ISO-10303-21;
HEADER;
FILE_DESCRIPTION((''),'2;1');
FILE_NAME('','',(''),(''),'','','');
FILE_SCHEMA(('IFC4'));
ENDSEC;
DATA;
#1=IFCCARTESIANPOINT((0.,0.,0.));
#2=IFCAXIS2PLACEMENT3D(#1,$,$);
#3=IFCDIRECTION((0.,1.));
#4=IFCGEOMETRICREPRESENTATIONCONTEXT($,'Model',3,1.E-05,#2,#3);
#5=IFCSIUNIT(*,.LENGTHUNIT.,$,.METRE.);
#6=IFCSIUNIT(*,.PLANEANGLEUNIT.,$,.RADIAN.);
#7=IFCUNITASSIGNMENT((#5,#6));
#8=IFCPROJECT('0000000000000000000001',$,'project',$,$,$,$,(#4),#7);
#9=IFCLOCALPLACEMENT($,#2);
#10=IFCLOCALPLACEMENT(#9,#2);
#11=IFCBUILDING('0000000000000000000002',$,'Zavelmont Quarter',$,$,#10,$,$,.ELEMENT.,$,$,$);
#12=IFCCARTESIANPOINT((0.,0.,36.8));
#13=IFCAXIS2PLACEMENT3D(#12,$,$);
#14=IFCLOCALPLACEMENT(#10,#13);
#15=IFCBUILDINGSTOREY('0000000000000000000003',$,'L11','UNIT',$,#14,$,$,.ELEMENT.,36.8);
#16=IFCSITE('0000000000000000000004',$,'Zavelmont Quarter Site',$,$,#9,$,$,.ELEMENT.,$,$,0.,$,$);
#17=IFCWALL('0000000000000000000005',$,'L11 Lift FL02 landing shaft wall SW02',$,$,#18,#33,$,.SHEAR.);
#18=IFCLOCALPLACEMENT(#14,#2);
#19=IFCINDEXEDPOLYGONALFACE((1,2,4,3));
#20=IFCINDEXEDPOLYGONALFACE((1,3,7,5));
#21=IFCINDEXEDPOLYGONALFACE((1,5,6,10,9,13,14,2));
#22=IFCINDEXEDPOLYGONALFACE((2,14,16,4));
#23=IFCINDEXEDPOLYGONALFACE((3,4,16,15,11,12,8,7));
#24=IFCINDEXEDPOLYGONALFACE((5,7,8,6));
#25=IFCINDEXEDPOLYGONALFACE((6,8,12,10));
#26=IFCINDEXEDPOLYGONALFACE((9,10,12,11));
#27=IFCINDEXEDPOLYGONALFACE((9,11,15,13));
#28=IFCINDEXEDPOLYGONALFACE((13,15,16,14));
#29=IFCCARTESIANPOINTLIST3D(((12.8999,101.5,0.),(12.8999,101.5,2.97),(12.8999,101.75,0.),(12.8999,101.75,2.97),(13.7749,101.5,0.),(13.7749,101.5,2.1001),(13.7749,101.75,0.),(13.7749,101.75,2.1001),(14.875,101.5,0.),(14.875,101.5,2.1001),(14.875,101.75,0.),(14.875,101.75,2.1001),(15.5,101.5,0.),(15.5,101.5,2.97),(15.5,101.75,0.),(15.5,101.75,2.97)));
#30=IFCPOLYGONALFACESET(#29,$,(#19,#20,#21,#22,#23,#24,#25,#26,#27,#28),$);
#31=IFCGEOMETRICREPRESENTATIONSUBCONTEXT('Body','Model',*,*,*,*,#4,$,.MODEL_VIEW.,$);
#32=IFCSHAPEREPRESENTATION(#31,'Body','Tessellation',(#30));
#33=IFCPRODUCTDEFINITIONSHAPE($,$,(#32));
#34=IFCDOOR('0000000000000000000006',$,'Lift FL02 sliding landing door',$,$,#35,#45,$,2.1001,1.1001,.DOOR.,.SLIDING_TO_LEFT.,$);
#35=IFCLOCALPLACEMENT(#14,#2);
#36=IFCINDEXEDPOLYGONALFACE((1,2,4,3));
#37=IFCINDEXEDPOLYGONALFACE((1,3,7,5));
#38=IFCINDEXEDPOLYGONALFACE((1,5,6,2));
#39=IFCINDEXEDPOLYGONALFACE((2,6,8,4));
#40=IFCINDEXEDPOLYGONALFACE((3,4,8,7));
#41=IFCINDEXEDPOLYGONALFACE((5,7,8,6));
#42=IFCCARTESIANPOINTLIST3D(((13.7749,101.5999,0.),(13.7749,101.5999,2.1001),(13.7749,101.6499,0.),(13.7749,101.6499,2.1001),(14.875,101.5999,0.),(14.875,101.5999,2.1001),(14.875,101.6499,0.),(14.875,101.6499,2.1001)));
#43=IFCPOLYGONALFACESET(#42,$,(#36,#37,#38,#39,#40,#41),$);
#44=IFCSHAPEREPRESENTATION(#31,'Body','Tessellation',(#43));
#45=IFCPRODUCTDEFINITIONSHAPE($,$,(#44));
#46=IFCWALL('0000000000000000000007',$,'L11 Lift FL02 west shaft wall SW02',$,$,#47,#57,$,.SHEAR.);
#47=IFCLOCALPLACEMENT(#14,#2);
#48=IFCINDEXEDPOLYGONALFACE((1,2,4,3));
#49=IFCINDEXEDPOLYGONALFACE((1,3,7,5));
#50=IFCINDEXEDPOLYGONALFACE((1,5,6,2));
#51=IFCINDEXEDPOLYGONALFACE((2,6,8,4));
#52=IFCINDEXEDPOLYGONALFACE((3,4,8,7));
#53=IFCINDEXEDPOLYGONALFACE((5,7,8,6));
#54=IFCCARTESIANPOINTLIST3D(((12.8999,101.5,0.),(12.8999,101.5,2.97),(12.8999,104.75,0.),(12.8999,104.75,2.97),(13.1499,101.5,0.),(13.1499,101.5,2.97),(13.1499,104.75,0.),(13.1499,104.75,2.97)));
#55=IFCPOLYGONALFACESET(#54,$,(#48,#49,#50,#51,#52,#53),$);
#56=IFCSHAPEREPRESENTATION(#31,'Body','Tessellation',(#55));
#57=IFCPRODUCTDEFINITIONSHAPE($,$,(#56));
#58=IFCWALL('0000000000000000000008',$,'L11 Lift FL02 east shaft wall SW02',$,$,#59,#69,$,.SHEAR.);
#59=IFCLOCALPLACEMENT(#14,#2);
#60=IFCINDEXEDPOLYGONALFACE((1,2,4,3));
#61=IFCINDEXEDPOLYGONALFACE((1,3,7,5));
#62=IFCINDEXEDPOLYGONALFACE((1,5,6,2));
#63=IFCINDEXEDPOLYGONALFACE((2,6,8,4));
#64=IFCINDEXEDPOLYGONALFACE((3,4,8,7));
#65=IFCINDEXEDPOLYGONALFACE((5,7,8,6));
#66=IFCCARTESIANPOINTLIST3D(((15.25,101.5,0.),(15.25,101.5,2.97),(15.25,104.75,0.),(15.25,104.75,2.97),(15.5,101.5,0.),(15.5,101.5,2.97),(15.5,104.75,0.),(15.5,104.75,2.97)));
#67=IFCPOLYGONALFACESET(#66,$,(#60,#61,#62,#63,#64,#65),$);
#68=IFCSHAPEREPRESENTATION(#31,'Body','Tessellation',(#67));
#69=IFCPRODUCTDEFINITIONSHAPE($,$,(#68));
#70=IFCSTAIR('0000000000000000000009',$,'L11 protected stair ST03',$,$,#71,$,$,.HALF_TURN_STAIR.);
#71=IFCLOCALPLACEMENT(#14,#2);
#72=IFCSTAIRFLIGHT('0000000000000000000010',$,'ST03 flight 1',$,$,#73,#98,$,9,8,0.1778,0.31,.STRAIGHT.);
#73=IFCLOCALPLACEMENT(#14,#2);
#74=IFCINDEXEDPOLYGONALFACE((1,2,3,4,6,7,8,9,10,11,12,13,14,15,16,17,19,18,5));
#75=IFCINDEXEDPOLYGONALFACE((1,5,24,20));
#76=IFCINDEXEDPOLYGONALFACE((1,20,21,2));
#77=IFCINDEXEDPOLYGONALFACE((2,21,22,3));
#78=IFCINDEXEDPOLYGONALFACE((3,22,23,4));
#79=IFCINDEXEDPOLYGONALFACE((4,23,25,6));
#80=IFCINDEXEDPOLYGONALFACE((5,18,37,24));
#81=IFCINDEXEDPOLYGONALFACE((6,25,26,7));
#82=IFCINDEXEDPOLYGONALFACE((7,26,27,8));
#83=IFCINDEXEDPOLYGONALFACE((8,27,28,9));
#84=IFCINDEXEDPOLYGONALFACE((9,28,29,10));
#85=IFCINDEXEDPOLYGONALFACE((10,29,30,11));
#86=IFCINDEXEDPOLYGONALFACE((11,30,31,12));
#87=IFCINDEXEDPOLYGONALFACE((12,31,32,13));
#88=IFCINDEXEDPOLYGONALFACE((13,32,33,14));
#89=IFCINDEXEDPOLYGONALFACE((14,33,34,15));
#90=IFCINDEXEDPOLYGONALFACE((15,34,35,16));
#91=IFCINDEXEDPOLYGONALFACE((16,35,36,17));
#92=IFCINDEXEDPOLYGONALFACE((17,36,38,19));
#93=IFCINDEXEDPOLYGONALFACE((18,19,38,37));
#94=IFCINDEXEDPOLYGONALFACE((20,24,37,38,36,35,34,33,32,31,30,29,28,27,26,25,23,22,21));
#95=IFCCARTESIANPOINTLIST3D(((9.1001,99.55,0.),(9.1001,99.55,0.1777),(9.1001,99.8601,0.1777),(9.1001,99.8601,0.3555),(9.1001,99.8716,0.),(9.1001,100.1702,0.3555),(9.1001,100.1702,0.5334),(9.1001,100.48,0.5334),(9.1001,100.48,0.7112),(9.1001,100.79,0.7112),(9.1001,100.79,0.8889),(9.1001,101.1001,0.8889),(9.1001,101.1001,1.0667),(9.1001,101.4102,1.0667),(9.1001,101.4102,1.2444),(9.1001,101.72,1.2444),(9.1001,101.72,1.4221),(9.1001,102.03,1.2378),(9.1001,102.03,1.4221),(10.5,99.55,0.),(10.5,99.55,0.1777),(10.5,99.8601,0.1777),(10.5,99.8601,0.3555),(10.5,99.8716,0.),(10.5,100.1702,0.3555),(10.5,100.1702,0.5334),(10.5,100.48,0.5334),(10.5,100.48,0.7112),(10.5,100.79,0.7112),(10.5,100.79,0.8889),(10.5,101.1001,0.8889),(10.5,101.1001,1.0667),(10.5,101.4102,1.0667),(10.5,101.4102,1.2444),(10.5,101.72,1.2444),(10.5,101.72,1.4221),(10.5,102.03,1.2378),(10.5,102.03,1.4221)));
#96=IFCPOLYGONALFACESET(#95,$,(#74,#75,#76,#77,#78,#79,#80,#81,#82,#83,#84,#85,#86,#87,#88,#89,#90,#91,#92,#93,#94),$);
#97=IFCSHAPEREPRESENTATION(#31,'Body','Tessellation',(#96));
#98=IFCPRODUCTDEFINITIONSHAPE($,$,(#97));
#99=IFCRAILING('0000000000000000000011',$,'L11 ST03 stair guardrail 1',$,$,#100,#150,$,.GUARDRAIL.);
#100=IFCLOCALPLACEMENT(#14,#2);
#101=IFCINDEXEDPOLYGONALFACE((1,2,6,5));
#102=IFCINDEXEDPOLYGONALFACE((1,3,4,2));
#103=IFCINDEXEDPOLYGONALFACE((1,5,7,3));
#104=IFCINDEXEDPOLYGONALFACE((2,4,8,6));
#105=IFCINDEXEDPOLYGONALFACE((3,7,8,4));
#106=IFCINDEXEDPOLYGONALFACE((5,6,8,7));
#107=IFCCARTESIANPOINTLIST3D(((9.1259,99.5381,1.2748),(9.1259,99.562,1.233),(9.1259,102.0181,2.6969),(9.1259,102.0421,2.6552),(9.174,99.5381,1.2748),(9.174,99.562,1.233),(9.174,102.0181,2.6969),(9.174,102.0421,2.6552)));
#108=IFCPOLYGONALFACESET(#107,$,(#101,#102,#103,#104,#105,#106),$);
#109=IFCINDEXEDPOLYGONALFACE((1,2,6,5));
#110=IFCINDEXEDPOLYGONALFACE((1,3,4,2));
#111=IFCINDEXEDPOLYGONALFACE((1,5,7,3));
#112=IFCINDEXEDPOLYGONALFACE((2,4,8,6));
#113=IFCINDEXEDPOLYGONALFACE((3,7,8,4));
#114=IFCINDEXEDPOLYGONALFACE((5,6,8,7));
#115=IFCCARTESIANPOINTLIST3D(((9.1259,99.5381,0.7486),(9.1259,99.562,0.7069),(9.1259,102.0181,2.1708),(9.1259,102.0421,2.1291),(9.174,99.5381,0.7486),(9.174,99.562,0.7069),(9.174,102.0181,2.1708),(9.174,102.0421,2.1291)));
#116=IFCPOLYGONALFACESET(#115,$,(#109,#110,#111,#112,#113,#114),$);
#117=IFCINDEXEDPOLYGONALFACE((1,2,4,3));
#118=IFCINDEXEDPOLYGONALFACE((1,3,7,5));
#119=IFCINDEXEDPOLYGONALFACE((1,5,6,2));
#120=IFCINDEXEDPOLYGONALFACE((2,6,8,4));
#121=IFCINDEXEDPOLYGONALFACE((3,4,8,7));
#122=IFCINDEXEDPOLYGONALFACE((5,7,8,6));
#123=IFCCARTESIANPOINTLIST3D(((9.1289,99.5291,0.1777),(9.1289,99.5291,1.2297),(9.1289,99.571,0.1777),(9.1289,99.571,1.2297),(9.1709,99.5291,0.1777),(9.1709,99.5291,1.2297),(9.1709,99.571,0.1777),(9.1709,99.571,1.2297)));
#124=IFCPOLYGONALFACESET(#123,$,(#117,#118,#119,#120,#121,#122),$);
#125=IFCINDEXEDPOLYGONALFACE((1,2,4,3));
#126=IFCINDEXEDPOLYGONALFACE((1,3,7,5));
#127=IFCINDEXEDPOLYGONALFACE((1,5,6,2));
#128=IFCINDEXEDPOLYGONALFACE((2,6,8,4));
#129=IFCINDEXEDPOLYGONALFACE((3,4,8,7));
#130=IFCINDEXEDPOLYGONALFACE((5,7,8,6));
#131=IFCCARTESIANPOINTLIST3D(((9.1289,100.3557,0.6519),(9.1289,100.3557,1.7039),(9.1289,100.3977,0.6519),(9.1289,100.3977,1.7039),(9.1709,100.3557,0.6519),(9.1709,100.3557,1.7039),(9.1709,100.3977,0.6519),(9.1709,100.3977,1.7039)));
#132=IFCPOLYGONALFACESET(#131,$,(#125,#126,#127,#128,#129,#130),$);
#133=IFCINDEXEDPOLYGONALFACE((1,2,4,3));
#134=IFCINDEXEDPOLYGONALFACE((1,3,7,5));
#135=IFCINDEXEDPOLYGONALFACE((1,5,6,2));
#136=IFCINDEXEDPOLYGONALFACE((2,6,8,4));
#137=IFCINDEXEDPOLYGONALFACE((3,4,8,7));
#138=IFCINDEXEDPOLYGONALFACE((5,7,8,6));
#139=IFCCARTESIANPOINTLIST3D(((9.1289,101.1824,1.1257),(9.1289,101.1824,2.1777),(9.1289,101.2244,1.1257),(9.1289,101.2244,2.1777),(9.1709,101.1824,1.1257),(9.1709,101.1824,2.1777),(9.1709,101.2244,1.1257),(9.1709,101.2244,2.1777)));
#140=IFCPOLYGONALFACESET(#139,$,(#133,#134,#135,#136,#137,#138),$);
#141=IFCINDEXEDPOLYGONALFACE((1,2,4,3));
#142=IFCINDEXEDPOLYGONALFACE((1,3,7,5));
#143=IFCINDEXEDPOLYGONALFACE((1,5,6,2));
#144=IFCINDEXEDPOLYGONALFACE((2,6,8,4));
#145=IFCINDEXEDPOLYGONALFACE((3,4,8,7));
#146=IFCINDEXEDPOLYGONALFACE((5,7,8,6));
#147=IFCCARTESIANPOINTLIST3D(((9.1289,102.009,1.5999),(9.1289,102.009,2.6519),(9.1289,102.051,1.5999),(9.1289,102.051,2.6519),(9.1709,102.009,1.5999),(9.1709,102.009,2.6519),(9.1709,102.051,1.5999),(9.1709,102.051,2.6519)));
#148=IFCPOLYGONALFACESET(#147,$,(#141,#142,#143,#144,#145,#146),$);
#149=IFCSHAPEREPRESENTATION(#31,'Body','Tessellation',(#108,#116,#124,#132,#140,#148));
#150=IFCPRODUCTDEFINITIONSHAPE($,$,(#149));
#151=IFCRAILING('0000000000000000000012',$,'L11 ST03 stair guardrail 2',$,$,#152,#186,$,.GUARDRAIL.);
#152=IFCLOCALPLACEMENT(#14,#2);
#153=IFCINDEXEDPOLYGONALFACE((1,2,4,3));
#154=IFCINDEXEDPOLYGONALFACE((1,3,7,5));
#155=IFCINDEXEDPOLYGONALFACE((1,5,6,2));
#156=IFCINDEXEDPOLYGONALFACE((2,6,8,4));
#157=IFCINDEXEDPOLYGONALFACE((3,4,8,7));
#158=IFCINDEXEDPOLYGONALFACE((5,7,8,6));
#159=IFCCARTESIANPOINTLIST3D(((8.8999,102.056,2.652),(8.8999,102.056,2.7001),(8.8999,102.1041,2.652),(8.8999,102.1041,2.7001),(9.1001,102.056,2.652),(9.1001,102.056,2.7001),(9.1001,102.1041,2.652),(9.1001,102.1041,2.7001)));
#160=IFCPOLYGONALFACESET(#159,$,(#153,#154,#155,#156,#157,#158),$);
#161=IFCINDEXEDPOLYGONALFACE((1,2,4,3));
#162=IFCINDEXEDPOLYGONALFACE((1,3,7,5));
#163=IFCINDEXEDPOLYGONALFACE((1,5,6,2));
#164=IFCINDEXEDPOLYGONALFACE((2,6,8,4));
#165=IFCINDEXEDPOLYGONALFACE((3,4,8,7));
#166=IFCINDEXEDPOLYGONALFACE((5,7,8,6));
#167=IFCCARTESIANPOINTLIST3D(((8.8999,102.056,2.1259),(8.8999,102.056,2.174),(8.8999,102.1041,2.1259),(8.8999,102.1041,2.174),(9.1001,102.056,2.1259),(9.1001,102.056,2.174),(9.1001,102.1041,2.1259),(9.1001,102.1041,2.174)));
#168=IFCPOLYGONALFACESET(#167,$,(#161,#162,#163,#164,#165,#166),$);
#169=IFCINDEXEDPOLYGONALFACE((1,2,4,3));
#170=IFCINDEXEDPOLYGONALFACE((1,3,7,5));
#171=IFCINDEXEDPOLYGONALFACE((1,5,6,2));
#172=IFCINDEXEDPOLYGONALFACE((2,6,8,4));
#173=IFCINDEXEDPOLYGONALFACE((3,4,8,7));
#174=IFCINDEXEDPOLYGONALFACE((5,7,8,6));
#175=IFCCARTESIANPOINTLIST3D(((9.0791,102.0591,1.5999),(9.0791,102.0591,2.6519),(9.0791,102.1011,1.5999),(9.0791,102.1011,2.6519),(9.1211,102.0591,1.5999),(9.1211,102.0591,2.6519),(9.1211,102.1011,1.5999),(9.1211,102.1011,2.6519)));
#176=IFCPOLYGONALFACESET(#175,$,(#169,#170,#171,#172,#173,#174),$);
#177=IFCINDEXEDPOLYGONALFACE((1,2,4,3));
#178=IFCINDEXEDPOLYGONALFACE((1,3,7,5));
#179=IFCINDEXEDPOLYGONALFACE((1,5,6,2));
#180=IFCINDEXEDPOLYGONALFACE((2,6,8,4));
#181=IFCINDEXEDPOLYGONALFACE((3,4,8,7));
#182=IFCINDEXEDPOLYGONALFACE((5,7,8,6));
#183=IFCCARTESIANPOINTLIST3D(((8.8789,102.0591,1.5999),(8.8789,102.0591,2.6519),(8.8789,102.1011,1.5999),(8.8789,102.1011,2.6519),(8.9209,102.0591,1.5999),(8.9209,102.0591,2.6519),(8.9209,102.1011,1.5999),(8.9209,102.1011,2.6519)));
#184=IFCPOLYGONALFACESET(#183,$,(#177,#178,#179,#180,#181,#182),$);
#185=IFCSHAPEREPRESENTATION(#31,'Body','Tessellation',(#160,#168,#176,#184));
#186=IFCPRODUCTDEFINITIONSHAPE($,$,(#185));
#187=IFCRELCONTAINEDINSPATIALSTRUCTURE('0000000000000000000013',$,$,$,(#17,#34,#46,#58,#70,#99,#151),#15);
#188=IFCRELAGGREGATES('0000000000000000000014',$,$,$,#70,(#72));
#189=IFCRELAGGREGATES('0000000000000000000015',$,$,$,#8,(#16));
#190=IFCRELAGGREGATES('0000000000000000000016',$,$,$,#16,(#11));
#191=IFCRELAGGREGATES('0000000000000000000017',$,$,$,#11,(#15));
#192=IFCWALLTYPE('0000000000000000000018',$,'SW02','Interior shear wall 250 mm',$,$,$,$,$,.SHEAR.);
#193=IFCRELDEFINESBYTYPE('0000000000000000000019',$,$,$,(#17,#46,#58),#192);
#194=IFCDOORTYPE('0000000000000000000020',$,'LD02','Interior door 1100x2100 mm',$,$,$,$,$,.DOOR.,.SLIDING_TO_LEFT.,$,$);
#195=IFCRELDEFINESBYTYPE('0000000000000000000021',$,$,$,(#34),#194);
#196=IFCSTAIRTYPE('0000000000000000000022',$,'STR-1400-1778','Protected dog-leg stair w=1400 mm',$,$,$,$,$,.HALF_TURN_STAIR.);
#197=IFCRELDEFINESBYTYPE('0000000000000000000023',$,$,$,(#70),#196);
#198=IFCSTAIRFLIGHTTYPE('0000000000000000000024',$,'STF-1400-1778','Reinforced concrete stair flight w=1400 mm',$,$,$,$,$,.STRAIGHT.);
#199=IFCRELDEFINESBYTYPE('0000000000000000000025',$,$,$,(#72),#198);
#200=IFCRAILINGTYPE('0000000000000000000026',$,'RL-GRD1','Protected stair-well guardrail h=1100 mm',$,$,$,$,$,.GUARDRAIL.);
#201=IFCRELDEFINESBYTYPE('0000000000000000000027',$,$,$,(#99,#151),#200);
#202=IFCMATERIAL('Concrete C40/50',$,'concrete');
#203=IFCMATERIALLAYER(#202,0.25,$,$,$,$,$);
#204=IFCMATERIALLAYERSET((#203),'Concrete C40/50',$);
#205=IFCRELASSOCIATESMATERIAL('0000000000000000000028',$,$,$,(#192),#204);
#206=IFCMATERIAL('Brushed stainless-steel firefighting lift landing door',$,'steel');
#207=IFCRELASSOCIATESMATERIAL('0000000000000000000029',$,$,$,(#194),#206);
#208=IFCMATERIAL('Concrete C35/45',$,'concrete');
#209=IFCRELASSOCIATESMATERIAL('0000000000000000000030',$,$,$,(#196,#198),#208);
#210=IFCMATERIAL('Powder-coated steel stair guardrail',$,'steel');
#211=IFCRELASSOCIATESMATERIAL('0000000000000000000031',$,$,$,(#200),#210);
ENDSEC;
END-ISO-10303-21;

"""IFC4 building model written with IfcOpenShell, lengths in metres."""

from ifc_helpers import new_model, si_unit, direction, frame, frame_2d, origin, origin_with_axes, origin_2d, place, context, subcontext, project, spatial, polyline, rectangle, outline, extrude, material, layer, layer_set, type_object, element, fill, aggregate, save


model = new_model("IFC4")

# Units and contexts
model_context = context("Model", 3, precision=1e-05, world=origin(), true_north=direction((0.0, 1.0)))
body_context = subcontext(model_context, "Body", "Model", "MODEL_VIEW")
ifc_project = project(units=[si_unit("LENGTHUNIT", "METRE"), si_unit("PLANEANGLEUNIT", "RADIAN")], contexts=[model_context])

# Site, building, storey
site_placement = place(None, origin())
site = spatial("IfcSite", under=ifc_project, at=site_placement, Name="Zavelmont Quarter Site", CompositionType="ELEMENT", RefElevation=0.0)
building_placement = place(site_placement, origin())
building = spatial("IfcBuilding", under=site, at=building_placement, Name="Zavelmont Quarter", CompositionType="ELEMENT")
storey_placement = place(building_placement, frame((0.0, 0.0, 36.8)))
storey = spatial("IfcBuildingStorey", under=building, at=storey_placement, Name="L11", Description="UNIT", CompositionType="ELEMENT", Elevation=36.8)

# Shared definitions
ifc_material_1 = material(Name="Concrete C35/45", Category="concrete")

# Wall, opening, door
ifc_material_2 = material(Name="Concrete C40/50", Category="concrete")
ifc_layer_1 = layer(ifc_material_2, 0.25)
ifc_layer_set_1 = layer_set([ifc_layer_1], Name="Concrete C40/50")
wall_type_1 = type_object("IfcWallType", Name="SW02", Description="Interior shear wall 250 mm", PredefinedType="SHEAR", material=ifc_layer_set_1)
wall_1_placement = place(storey_placement, frame((12.8999, 101.625, 0.0), z_axis=(0.0, 0.0, 1.0), x_axis=(1.0, 0.0, 0.0)))
wall_1 = element("IfcWall", 1, at=wall_1_placement, inside=storey, type_object=wall_type_1, Name="L11 Lift FL02 landing shaft wall SW02", PredefinedType="SHEAR", context=body_context, shape_type="SweptSolid", body=[
    extrude(rectangle(XDim=2.6001, YDim=0.25, at=frame_2d((1.3, 0.0))), origin(), (0.0, 0.0, 1.0), 2.97),
])
opening_1_placement = place(wall_1_placement, frame((0.875, 0.0, 0.0)))
opening_1 = element("IfcOpeningElement", 2, at=opening_1_placement, cuts=wall_1, PredefinedType="OPENING", context=body_context, shape_type="SweptSolid", body=[
    extrude(rectangle(XDim=1.1001, YDim=2.1001, at=frame_2d((0.55, 1.05))), frame((0.0, 0.137, 0.0), z_axis=(0.0, -1.0, 0.0), x_axis=(1.0, 0.0, 0.0)), (0.0, 0.0, 1.0), 0.2739),
])
ifc_material_3 = material(Name="Brushed stainless-steel firefighting lift landing door", Category="steel")
door_type_1 = type_object("IfcDoorType", Name="LD02", Description="Interior door 1100x2100 mm", OperationType="SLIDING_TO_LEFT", PredefinedType="DOOR", material=ifc_material_3)
door_1_placement = place(opening_1_placement, origin_with_axes())
door_1 = element("IfcDoor", 3, at=door_1_placement, inside=storey, type_object=door_type_1, Name="Lift FL02 sliding landing door", OperationType="SLIDING_TO_LEFT", OverallHeight=2.1001, OverallWidth=1.1001, PredefinedType="DOOR", context=body_context, shape_type="SweptSolid", body=[
    extrude(rectangle(XDim=1.1001, YDim=2.1001, at=frame_2d((0.55, 1.05))), frame((0.0, 0.0249, 0.0), z_axis=(0.0, -1.0, 0.0), x_axis=(1.0, 0.0, 0.0)), (0.0, 0.0, 1.0), 0.05),
])
fill(opening_1, door_1)

# Walls
for number, where, z_axis, x_axis, name in (
    (4, (13.0249, 101.5, 0.0), (0.0, 0.0, 1.0), (0.0, 1.0, 0.0), "L11 Lift FL02 west shaft wall SW02"),
    (5, (15.375, 101.5, 0.0), (0.0, 0.0, 1.0), (0.0, 1.0, 0.0), "L11 Lift FL02 east shaft wall SW02"),
):
    element("IfcWall", number, at=place(storey_placement, frame(where, z_axis=z_axis, x_axis=x_axis)), inside=storey, type_object=wall_type_1, Name=name, PredefinedType="SHEAR", context=body_context, shape_type="SweptSolid", body=[
        extrude(rectangle(XDim=3.25, YDim=0.25, at=frame_2d((1.625, 0.0))), origin(), (0.0, 0.0, 1.0), 2.97),
    ])

# Stair, stair flight
stair_type = type_object("IfcStairType", Name="STR-1400-1778", Description="Protected dog-leg stair w=1400 mm", PredefinedType="HALF_TURN_STAIR", material=ifc_material_1)
stair_placement = place(storey_placement, origin())
stair = element("IfcStair", 6, at=stair_placement, inside=storey, type_object=stair_type, Name="L11 protected stair ST03", PredefinedType="HALF_TURN_STAIR")
stair_flight_type = type_object("IfcStairFlightType", Name="STF-1400-1778", Description="Reinforced concrete stair flight w=1400 mm", PredefinedType="STRAIGHT", material=ifc_material_1)
stair_flight_placement = place(storey_placement, frame((9.8, 99.55, 0.0), z_axis=(0.0, 0.0, 1.0), x_axis=(0.0, 1.0, 0.0)))
stair_flight = element("IfcStairFlight", 7, at=stair_flight_placement, type_object=stair_flight_type, Name="ST03 flight 1", NumberOfRisers=9, NumberOfTreads=8, PredefinedType="STRAIGHT", RiserHeight=0.1778, TreadLength=0.31, context=body_context, shape_type="SweptSolid", body=[
    extrude(outline(polyline([(0.0, 0.0), (0.0, 0.1777), (0.3101, 0.1777), (0.3101, 0.3555), (0.6201, 0.3555), (0.6201, 0.5334), (0.9299, 0.5334), (0.9299, 0.7112), (1.24, 0.7112), (1.24, 0.8889), (1.55, 0.8889), (1.55, 1.0667), (1.8601, 1.0667), (1.8601, 1.2444), (2.1699, 1.2444), (2.1699, 1.4221), (2.48, 1.4221), (2.48, 1.6001), (2.48, 1.2378), (0.3215, 0.0), (0.0, 0.0)])), frame((0.0, 0.7, 0.0), z_axis=(0.0, -1.0, 0.0), x_axis=(1.0, 0.0, 0.0)), (0.0, 0.0, 1.0), 1.3999),
])
aggregate(stair, [stair_flight])

# Railings
ifc_material_4 = material(Name="Powder-coated steel stair guardrail", Category="steel")
railing_type_1 = type_object("IfcRailingType", Name="RL-GRD1", Description="Protected stair-well guardrail h=1100 mm", PredefinedType="GUARDRAIL", material=ifc_material_4)
railing_1_placement = place(storey_placement, frame((9.1499, 99.55, 0.1777)))
element("IfcRailing", 8, at=railing_1_placement, inside=storey, type_object=railing_type_1, Name="L11 ST03 stair guardrail 1", PredefinedType="GUARDRAIL", context=body_context, shape_type="SweptSolid", body=[
    extrude(rectangle(XDim=0.0481, YDim=0.0481, at=origin_2d()), frame((0.0, 0.0, 1.0762), z_axis=(0.0, 0.867491, 0.497454), x_axis=(-1.0, 0.0, 0.0)), (0.0, 0.0, 1.0), 2.8589),
    extrude(rectangle(XDim=0.0481, YDim=0.0481, at=origin_2d()), frame((0.0, 0.0, 0.55), z_axis=(0.0, 0.867491, 0.497454), x_axis=(-1.0, 0.0, 0.0)), (0.0, 0.0, 1.0), 2.8589),
    extrude(rectangle(XDim=0.042, YDim=0.042, at=origin_2d()), origin(), (0.0, 0.0, 1.0), 1.052),
    extrude(rectangle(XDim=0.042, YDim=0.042, at=origin_2d()), frame((0.0, 0.8267, 0.4741)), (0.0, 0.0, 1.0), 1.052),
    extrude(rectangle(XDim=0.042, YDim=0.042, at=origin_2d()), frame((0.0, 1.6533, 0.948)), (0.0, 0.0, 1.0), 1.052),
    extrude(rectangle(XDim=0.042, YDim=0.042, at=origin_2d()), frame((0.0, 2.48, 1.4221)), (0.0, 0.0, 1.0), 1.052),
])
for number, where, name in (
    (9, (9.1001, 102.0801, 1.5999), "L11 ST03 stair guardrail 2"),
):
    element("IfcRailing", number, at=place(storey_placement, frame(where)), inside=storey, type_object=railing_type_1, Name=name, PredefinedType="GUARDRAIL", context=body_context, shape_type="SweptSolid", body=[
        extrude(rectangle(XDim=0.0481, YDim=0.0481, at=origin_2d()), frame((0.0, 0.0, 1.0762), z_axis=(-1.0, 0.0, 0.0), x_axis=(0.0, -1.0, 0.0)), (0.0, 0.0, 1.0), 0.2002),
        extrude(rectangle(XDim=0.0481, YDim=0.0481, at=origin_2d()), frame((0.0, 0.0, 0.55), z_axis=(-1.0, 0.0, 0.0), x_axis=(0.0, -1.0, 0.0)), (0.0, 0.0, 1.0), 0.2002),
        extrude(rectangle(XDim=0.042, YDim=0.042, at=origin_2d()), origin(), (0.0, 0.0, 1.0), 1.052),
        extrude(rectangle(XDim=0.042, YDim=0.042, at=origin_2d()), frame((-0.2002, 0.0, 0.0)), (0.0, 0.0, 1.0), 1.052),
    ])

save(model, "model.ifc")
